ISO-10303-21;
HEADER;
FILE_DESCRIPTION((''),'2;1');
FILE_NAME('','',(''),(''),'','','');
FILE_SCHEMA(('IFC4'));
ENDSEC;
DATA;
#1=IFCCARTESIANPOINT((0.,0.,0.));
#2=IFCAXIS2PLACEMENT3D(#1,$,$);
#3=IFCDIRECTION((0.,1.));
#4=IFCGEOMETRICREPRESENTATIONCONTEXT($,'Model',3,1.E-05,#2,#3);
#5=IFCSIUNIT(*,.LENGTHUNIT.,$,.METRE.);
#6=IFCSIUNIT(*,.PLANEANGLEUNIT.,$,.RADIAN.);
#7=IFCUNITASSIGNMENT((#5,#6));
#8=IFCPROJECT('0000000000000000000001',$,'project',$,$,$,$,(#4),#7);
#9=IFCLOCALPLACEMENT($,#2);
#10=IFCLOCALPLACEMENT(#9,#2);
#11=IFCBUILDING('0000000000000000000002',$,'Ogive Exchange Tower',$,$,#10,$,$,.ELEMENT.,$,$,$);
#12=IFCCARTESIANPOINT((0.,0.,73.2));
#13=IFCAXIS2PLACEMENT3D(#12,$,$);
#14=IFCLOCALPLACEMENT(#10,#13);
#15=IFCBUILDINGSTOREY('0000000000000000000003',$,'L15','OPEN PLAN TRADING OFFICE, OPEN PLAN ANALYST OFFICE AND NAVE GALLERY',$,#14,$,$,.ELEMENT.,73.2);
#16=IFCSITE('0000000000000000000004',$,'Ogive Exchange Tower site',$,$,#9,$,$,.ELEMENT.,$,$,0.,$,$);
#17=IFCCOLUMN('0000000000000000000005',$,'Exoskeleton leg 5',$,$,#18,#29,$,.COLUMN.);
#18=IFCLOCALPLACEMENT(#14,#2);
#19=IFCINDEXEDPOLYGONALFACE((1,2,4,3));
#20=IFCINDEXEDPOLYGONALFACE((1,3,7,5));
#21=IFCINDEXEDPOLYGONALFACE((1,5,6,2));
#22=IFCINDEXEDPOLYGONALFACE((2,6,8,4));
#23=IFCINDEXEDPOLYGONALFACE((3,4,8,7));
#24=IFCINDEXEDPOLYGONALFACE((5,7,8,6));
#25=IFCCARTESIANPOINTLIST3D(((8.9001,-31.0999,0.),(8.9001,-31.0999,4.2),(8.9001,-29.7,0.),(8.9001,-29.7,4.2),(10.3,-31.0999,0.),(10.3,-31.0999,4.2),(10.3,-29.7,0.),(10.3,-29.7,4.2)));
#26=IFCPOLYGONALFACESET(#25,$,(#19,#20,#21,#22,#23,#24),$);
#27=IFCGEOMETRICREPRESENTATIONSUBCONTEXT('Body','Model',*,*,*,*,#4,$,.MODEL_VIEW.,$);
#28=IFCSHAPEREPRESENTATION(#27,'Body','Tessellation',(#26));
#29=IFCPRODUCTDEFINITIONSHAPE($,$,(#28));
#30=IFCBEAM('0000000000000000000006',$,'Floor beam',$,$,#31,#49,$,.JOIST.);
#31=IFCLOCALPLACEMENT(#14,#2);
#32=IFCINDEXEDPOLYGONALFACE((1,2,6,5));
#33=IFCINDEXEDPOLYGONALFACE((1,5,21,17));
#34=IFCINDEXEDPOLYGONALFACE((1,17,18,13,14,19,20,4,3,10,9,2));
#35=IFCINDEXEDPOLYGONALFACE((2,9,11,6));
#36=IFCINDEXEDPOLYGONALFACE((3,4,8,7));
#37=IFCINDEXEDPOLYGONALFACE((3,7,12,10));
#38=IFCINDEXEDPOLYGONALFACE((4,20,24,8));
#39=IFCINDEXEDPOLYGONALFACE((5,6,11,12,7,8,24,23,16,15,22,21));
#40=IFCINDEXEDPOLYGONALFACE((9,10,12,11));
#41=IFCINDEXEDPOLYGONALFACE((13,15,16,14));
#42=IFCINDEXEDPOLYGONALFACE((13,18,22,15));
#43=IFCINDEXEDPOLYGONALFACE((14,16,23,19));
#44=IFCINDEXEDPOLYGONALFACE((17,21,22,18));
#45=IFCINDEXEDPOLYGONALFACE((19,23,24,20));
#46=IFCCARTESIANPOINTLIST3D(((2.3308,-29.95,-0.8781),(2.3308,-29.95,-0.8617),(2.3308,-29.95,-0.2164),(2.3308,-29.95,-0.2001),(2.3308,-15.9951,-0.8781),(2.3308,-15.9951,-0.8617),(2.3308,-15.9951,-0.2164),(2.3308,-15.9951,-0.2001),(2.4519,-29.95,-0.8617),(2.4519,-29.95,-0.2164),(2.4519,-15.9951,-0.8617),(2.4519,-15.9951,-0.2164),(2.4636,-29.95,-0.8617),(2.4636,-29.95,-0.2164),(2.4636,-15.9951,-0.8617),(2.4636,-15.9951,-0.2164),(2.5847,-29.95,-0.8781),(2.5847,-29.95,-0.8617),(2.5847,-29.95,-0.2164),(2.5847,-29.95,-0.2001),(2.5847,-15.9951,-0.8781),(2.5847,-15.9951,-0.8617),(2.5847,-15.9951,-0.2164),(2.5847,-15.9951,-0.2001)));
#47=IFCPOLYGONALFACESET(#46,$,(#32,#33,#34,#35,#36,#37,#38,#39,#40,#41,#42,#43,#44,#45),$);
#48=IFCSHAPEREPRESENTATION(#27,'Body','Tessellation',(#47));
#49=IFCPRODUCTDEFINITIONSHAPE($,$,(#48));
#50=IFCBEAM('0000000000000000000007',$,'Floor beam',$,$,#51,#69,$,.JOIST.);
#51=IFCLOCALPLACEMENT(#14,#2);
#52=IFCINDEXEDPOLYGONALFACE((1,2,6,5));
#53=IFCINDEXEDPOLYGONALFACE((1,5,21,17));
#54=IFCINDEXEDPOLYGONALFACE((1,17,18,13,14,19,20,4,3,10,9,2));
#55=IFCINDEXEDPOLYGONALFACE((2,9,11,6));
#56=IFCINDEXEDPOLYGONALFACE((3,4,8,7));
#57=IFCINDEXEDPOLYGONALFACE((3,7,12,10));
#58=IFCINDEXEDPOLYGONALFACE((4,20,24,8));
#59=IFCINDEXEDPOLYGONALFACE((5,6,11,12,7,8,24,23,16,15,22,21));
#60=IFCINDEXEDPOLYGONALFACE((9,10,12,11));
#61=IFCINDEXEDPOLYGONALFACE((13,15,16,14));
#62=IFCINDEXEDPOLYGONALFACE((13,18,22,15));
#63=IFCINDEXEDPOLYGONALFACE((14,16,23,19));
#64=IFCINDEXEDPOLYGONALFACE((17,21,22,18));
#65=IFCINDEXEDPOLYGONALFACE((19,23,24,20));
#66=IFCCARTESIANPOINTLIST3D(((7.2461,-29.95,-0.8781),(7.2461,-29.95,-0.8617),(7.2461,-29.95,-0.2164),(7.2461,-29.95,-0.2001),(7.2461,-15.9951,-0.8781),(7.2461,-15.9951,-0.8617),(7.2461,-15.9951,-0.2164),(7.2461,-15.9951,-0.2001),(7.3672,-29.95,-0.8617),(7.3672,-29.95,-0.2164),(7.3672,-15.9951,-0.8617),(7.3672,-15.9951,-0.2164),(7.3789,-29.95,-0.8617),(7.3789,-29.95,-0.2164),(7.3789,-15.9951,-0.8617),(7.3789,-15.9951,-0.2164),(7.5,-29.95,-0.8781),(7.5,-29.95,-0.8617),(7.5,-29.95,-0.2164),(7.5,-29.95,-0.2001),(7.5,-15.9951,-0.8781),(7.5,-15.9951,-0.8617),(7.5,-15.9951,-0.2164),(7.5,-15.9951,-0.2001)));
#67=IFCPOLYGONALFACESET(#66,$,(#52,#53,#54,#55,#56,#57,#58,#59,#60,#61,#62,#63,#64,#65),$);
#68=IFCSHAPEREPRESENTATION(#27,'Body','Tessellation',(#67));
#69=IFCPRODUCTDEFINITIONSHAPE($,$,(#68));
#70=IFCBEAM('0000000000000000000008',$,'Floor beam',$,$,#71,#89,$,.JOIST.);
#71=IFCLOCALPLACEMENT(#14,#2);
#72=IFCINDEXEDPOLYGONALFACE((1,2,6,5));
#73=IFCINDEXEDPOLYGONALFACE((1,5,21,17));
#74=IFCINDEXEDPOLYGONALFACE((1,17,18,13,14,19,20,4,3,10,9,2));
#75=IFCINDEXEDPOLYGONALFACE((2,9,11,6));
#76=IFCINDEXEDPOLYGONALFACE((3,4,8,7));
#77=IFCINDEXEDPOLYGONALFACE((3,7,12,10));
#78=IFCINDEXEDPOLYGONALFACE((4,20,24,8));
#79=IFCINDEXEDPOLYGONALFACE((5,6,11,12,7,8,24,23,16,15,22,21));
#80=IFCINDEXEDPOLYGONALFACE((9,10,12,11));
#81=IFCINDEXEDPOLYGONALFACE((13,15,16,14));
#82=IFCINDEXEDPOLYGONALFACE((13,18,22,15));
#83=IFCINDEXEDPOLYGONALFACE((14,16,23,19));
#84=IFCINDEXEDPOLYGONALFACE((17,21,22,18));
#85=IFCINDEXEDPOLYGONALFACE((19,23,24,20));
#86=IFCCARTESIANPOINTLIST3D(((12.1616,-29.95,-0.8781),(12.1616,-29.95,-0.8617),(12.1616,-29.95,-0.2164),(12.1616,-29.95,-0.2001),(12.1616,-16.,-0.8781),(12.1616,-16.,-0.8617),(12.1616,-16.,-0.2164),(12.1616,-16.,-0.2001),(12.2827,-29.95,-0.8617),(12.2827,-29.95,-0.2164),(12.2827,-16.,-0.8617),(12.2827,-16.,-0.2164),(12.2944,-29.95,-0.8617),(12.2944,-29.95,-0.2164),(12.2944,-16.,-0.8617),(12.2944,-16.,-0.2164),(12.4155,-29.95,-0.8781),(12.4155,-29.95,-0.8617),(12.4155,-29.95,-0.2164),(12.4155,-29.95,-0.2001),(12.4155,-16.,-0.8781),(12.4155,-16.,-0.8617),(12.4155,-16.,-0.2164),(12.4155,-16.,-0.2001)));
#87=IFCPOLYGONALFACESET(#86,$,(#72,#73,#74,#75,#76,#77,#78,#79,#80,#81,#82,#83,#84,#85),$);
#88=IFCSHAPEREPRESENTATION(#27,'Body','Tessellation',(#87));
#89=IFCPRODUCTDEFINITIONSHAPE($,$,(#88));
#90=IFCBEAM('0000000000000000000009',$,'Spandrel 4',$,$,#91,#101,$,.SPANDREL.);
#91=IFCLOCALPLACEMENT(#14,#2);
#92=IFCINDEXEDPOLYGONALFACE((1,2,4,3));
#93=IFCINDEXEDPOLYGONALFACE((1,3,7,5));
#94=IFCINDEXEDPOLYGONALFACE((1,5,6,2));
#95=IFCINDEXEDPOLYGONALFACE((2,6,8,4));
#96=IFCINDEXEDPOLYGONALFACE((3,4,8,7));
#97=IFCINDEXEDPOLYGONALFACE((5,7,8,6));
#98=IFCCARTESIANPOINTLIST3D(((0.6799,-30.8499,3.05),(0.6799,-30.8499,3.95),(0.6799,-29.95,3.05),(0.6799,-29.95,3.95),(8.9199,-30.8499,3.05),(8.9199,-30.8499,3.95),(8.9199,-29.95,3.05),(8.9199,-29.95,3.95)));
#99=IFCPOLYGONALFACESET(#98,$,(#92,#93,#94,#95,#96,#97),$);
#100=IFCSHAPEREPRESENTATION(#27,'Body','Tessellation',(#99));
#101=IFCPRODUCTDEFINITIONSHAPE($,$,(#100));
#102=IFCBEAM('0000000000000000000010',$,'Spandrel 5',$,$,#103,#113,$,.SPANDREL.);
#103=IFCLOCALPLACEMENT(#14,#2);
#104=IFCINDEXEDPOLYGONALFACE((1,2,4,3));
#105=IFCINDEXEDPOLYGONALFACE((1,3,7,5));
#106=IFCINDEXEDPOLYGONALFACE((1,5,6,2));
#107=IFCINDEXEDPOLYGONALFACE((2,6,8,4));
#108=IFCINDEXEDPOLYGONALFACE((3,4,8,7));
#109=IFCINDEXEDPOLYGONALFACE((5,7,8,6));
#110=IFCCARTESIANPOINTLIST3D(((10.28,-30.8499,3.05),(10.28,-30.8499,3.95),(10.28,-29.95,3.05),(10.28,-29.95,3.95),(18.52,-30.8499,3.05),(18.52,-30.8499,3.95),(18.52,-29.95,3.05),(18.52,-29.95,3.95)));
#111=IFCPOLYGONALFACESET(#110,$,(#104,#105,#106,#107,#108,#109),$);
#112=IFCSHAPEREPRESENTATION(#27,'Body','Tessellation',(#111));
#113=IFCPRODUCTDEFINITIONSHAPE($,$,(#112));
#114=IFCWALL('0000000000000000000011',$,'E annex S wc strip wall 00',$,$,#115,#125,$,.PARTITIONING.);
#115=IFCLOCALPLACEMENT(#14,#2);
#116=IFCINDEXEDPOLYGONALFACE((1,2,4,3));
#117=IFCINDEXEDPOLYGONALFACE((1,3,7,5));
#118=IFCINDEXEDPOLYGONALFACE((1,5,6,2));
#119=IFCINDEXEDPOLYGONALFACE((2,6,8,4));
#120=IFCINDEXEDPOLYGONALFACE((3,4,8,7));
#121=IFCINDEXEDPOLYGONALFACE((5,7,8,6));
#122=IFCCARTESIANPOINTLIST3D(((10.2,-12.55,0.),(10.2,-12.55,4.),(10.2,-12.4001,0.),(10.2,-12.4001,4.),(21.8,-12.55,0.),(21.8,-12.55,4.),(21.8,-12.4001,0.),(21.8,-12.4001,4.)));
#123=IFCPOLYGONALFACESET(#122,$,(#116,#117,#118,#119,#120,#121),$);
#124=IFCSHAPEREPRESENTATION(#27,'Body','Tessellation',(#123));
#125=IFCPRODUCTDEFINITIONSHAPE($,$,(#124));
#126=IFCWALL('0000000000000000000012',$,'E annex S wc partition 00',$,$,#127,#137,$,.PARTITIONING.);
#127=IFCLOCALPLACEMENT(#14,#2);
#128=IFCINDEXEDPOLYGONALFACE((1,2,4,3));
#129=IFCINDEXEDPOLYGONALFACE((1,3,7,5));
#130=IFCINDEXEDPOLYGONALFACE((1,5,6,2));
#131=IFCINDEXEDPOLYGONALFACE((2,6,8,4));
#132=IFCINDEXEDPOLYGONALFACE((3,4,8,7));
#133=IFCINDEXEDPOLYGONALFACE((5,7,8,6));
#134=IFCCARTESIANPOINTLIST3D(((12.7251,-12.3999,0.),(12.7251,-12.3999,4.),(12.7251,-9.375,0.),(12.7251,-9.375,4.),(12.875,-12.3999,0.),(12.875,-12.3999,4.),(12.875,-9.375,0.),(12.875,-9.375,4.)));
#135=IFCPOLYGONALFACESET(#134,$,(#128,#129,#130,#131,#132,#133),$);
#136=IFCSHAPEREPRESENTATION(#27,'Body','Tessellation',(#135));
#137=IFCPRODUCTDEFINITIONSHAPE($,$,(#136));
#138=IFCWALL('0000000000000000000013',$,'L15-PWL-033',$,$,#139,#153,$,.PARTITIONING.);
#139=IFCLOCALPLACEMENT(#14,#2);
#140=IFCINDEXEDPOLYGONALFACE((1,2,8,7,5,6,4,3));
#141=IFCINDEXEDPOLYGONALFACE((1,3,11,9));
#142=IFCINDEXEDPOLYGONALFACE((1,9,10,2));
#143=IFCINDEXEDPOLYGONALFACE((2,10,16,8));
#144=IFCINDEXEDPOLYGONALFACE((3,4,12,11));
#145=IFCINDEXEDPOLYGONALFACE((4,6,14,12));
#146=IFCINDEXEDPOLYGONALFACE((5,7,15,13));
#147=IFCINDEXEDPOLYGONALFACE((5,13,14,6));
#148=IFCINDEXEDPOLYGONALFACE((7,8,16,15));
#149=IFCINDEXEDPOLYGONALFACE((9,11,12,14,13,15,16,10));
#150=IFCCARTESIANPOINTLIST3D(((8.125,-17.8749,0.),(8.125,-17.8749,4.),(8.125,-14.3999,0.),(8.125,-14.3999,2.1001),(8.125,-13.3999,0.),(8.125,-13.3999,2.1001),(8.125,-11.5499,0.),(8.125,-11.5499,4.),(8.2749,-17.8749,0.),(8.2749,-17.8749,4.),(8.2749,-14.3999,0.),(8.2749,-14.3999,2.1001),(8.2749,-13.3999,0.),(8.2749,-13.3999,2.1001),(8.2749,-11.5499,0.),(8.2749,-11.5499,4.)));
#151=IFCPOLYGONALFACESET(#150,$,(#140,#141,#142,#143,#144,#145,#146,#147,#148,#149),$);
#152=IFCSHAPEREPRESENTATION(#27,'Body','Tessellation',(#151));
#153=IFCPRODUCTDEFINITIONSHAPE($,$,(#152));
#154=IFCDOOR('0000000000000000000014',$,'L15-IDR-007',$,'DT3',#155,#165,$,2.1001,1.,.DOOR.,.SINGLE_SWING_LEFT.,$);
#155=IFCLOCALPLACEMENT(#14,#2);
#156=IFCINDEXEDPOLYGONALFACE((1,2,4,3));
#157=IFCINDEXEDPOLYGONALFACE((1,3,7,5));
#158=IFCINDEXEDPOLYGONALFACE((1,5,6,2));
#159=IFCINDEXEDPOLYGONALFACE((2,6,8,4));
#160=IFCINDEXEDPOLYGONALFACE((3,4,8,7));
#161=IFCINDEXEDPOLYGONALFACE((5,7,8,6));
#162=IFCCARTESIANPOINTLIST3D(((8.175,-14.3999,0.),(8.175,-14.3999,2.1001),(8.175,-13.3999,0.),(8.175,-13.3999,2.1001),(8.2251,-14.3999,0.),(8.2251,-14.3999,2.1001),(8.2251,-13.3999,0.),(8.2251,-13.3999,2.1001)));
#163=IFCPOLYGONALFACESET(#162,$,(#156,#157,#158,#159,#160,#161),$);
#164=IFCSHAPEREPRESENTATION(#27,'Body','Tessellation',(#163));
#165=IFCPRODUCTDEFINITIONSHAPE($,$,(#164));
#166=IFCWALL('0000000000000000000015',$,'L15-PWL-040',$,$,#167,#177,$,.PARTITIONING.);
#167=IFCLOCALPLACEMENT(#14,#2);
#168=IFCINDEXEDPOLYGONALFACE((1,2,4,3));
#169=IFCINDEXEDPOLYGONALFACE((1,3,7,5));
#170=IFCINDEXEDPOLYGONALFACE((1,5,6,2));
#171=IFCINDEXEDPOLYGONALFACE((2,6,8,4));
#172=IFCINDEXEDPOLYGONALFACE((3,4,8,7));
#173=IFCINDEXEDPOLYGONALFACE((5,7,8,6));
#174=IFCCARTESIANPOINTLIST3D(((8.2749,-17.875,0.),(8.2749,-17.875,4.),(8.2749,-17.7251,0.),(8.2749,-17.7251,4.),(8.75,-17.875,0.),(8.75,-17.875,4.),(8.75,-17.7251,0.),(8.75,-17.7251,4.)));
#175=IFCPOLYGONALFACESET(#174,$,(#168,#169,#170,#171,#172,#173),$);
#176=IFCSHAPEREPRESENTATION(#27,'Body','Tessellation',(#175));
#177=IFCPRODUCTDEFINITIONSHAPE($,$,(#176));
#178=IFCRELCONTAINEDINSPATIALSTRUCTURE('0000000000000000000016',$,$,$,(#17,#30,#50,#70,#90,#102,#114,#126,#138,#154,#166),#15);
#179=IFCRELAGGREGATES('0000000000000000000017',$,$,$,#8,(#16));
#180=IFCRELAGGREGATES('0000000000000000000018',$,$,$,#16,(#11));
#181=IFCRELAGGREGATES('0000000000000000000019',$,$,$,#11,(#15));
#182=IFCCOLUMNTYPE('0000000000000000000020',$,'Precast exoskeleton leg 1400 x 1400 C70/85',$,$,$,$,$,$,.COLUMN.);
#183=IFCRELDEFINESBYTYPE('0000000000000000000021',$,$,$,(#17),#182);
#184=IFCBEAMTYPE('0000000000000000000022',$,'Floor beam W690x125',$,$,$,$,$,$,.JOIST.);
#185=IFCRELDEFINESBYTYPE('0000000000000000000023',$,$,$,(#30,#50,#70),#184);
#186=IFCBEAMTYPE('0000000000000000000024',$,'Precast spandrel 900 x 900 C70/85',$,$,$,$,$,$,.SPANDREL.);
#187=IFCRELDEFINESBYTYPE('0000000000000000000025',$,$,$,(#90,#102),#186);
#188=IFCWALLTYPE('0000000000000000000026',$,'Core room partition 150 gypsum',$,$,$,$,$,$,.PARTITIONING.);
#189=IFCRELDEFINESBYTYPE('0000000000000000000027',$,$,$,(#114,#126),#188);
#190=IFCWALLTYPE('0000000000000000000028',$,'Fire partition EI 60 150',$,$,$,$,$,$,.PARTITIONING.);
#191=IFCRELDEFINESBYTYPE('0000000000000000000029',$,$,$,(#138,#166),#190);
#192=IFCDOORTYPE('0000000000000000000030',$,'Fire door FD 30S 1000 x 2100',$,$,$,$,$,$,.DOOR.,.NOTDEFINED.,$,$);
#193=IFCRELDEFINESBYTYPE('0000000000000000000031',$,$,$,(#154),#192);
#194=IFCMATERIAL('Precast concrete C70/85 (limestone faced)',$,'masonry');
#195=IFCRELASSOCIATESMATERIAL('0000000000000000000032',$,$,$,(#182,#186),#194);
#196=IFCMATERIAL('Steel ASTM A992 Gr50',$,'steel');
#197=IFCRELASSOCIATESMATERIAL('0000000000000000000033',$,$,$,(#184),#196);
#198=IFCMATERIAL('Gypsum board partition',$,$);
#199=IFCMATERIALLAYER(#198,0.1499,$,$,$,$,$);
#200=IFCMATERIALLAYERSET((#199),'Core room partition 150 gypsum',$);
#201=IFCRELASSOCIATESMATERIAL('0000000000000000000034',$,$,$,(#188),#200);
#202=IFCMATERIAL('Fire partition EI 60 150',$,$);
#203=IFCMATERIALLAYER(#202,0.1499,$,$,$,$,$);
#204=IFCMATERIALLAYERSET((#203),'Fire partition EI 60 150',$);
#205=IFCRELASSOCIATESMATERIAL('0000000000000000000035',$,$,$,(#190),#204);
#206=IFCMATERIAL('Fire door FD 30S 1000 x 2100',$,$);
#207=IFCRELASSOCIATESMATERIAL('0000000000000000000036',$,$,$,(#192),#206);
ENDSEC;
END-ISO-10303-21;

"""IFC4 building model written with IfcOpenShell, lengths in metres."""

from ifc_helpers import new_model, si_unit, direction, frame, frame_2d, origin, origin_2d, place, context, subcontext, project, spatial, rectangle, i_section, extrude, material, layer, layer_set, material_profile, profile_set, type_object, element, fill, save


model = new_model("IFC4")

# Units and contexts
model_context = context("Model", 3, precision=1e-05, world=origin(), true_north=direction((0.0, 1.0)))
body_context = subcontext(model_context, "Body", "Model", "MODEL_VIEW")
ifc_project = project(units=[si_unit("LENGTHUNIT", "METRE"), si_unit("PLANEANGLEUNIT", "RADIAN")], contexts=[model_context])

# Site, building, storey
site_placement = place(None, origin())
site = spatial("IfcSite", under=ifc_project, at=site_placement, Name="Ogive Exchange Tower site", CompositionType="ELEMENT", RefElevation=0.0)
building_placement = place(site_placement, origin())
building = spatial("IfcBuilding", under=site, at=building_placement, Name="Ogive Exchange Tower", CompositionType="ELEMENT")
storey_placement = place(building_placement, frame((0.0, 0.0, 73.2)))
storey = spatial("IfcBuildingStorey", under=building, at=storey_placement, Name="L15", Description="OPEN PLAN TRADING OFFICE, OPEN PLAN ANALYST OFFICE AND NAVE GALLERY", CompositionType="ELEMENT", Elevation=73.2)

# Column
ifc_material_1 = material(Name="Precast concrete C70/85 (limestone faced)", Category="masonry")
ifc_material_profile_1 = material_profile(ifc_material_1, rectangle(XDim=1.3999, YDim=1.3999, at=origin_2d()), Name="1400 x 1400")
ifc_profile_set_1 = profile_set([ifc_material_profile_1], Name="Precast concrete C70/85 (limestone faced)")
column_type = type_object("IfcColumnType", Name="Precast exoskeleton leg 1400 x 1400 C70/85", PredefinedType="COLUMN", material=ifc_profile_set_1)
column_placement = place(storey_placement, frame((9.6001, -30.3999, 0.0), z_axis=(0.0, 0.0, 1.0), x_axis=(1.0, 0.0, 0.0)))
element("IfcColumn", 1, at=column_placement, inside=storey, type_object=column_type, Name="Exoskeleton leg 5", PredefinedType="COLUMN", context=body_context, shape_type="SweptSolid", body=[
    extrude(rectangle(XDim=1.3999, YDim=1.3999, at=origin_2d()), origin(), (0.0, 0.0, 1.0), 4.2),
])

# Beams
ifc_material_2 = material(Name="Steel ASTM A992 Gr50", Category="steel")
ifc_material_profile_2 = material_profile(ifc_material_2, i_section(OverallWidth=0.2539, OverallDepth=0.678, WebThickness=0.0117, FlangeThickness=0.0164, at=origin_2d()), Name="W690x125")
ifc_profile_set_2 = profile_set([ifc_material_profile_2], Name="Steel ASTM A992 Gr50")
beam_type_1 = type_object("IfcBeamType", Name="Floor beam W690x125", PredefinedType="JOIST", material=ifc_profile_set_2)
for number, where, z_axis, x_axis, name in (
    (2, (2.4578, -29.95, -0.5391), (0.0, 1.0, 0.0), (-1.0, 0.0, 0.0), "Floor beam"),
    (3, (7.373, -29.95, -0.5391), (0.0, 1.0, 0.0), (-1.0, 0.0, 0.0), "Floor beam"),
):
    element("IfcBeam", number, at=place(storey_placement, frame(where, z_axis=z_axis, x_axis=x_axis)), inside=storey, type_object=beam_type_1, Name=name, PredefinedType="JOIST", context=body_context, shape_type="SweptSolid", body=[
        extrude(i_section(OverallWidth=0.2539, OverallDepth=0.678, WebThickness=0.0117, FlangeThickness=0.0164, at=origin_2d()), origin(), (0.0, 0.0, 1.0), 13.9548),
    ])
beam_placement = place(storey_placement, frame((12.2886, -29.95, -0.5391), z_axis=(0.0, 1.0, 0.0), x_axis=(-1.0, 0.0, 0.0)))
element("IfcBeam", 4, at=beam_placement, inside=storey, type_object=beam_type_1, Name="Floor beam", PredefinedType="JOIST", context=body_context, shape_type="SweptSolid", body=[
    extrude(i_section(OverallWidth=0.2539, OverallDepth=0.678, WebThickness=0.0117, FlangeThickness=0.0164, at=origin_2d()), origin(), (0.0, 0.0, 1.0), 13.95),
])
ifc_material_profile_3 = material_profile(ifc_material_1, rectangle(XDim=0.8999, YDim=0.8999, at=origin_2d()), Name="900 x 900")
ifc_profile_set_3 = profile_set([ifc_material_profile_3], Name="Precast concrete C70/85 (limestone faced)")
beam_type_2 = type_object("IfcBeamType", Name="Precast spandrel 900 x 900 C70/85", PredefinedType="SPANDREL", material=ifc_profile_set_3)
for number, where, z_axis, x_axis, name in (
    (5, (0.6799, -30.3999, 3.5), (1.0, 0.0, 0.0), (0.0, 1.0, 0.0), "Spandrel 4"),
    (6, (10.28, -30.3999, 3.5), (1.0, 0.0, 0.0), (0.0, 1.0, 0.0), "Spandrel 5"),
):
    element("IfcBeam", number, at=place(storey_placement, frame(where, z_axis=z_axis, x_axis=x_axis)), inside=storey, type_object=beam_type_2, Name=name, PredefinedType="SPANDREL", context=body_context, shape_type="SweptSolid", body=[
        extrude(rectangle(XDim=0.8999, YDim=0.8999, at=origin_2d()), origin(), (0.0, 0.0, 1.0), 8.24),
    ])

# Walls
ifc_material_3 = material(Name="Gypsum board partition")
ifc_layer_1 = layer(ifc_material_3, 0.1499)
ifc_layer_set_1 = layer_set([ifc_layer_1], Name="Core room partition 150 gypsum")
wall_type_1 = type_object("IfcWallType", Name="Core room partition 150 gypsum", PredefinedType="PARTITIONING", material=ifc_layer_set_1)
wall_1_placement = place(storey_placement, frame((10.2, -12.4751, 0.0), z_axis=(0.0, 0.0, 1.0), x_axis=(1.0, 0.0, 0.0)))
element("IfcWall", 7, at=wall_1_placement, inside=storey, type_object=wall_type_1, Name="E annex S wc strip wall 00", PredefinedType="PARTITIONING", context=body_context, shape_type="SweptSolid", body=[
    extrude(rectangle(XDim=11.6001, YDim=0.1499, at=frame_2d((5.8, 0.0))), origin(), (0.0, 0.0, 1.0), 4.0),
])
wall_2_placement = place(storey_placement, frame((12.8, -12.3999, 0.0), z_axis=(0.0, 0.0, 1.0), x_axis=(0.0, 1.0, 0.0)))
element("IfcWall", 8, at=wall_2_placement, inside=storey, type_object=wall_type_1, Name="E annex S wc partition 00", PredefinedType="PARTITIONING", context=body_context, shape_type="SweptSolid", body=[
    extrude(rectangle(XDim=3.0249, YDim=0.1499, at=frame_2d((1.5125, 0.0))), origin(), (0.0, 0.0, 1.0), 4.0),
])

# Wall, opening, door
ifc_material_4 = material(Name="Fire partition EI 60 150")
ifc_layer_2 = layer(ifc_material_4, 0.1499)
ifc_layer_set_2 = layer_set([ifc_layer_2], Name="Fire partition EI 60 150")
wall_type_2 = type_object("IfcWallType", Name="Fire partition EI 60 150", PredefinedType="PARTITIONING", material=ifc_layer_set_2)
wall_3_placement = place(storey_placement, frame((8.2, -17.875, 0.0), z_axis=(0.0, 0.0, 1.0), x_axis=(0.0, 1.0, 0.0)))
wall_3 = element("IfcWall", 9, at=wall_3_placement, inside=storey, type_object=wall_type_2, Name="L15-PWL-033", PredefinedType="PARTITIONING", context=body_context, shape_type="SweptSolid", body=[
    extrude(rectangle(XDim=6.325, YDim=0.1499, at=frame_2d((3.1626, 0.0))), origin(), (0.0, 0.0, 1.0), 4.0),
])
opening_1_placement = place(wall_3_placement, frame((3.4751, 0.0, 0.0)))
opening_1 = element("IfcOpeningElement", 10, at=opening_1_placement, cuts=wall_3, PredefinedType="OPENING", context=body_context, shape_type="SweptSolid", body=[
    extrude(rectangle(XDim=1.0, YDim=2.1001, at=frame_2d((0.5, 1.05))), frame((0.0, 0.085, 0.0), z_axis=(0.0, -1.0, 0.0), x_axis=(1.0, 0.0, 0.0)), (0.0, 0.0, 1.0), 0.1699),
])
ifc_material_5 = material(Name="Fire door FD 30S 1000 x 2100")
door_type_1 = type_object("IfcDoorType", Name="Fire door FD 30S 1000 x 2100", OperationType="NOTDEFINED", PredefinedType="DOOR", material=ifc_material_5)
door_1_placement = place(opening_1_placement, origin())
door_1 = element("IfcDoor", 11, at=door_1_placement, inside=storey, type_object=door_type_1, Name="L15-IDR-007", ObjectType="DT3", OperationType="SINGLE_SWING_LEFT", OverallHeight=2.1001, OverallWidth=1.0, PredefinedType="DOOR", context=body_context, shape_type="SweptSolid", body=[
    extrude(rectangle(XDim=1.0, YDim=2.1001, at=frame_2d((0.5, 1.05))), frame((0.0, 0.0249, 0.0), z_axis=(0.0, -1.0, 0.0), x_axis=(1.0, 0.0, 0.0)), (0.0, 0.0, 1.0), 0.05),
])
fill(opening_1, door_1)

# Wall
wall_4_placement = place(storey_placement, frame((8.75, -17.8, 0.0), z_axis=(0.0, 0.0, 1.0), x_axis=(-1.0, 0.0, 0.0)))
element("IfcWall", 12, at=wall_4_placement, inside=storey, type_object=wall_type_2, Name="L15-PWL-040", PredefinedType="PARTITIONING", context=body_context, shape_type="SweptSolid", body=[
    extrude(rectangle(XDim=0.4751, YDim=0.1499, at=frame_2d((0.2375, 0.0))), origin(), (0.0, 0.0, 1.0), 4.0),
])

save(model, "model.ifc")
